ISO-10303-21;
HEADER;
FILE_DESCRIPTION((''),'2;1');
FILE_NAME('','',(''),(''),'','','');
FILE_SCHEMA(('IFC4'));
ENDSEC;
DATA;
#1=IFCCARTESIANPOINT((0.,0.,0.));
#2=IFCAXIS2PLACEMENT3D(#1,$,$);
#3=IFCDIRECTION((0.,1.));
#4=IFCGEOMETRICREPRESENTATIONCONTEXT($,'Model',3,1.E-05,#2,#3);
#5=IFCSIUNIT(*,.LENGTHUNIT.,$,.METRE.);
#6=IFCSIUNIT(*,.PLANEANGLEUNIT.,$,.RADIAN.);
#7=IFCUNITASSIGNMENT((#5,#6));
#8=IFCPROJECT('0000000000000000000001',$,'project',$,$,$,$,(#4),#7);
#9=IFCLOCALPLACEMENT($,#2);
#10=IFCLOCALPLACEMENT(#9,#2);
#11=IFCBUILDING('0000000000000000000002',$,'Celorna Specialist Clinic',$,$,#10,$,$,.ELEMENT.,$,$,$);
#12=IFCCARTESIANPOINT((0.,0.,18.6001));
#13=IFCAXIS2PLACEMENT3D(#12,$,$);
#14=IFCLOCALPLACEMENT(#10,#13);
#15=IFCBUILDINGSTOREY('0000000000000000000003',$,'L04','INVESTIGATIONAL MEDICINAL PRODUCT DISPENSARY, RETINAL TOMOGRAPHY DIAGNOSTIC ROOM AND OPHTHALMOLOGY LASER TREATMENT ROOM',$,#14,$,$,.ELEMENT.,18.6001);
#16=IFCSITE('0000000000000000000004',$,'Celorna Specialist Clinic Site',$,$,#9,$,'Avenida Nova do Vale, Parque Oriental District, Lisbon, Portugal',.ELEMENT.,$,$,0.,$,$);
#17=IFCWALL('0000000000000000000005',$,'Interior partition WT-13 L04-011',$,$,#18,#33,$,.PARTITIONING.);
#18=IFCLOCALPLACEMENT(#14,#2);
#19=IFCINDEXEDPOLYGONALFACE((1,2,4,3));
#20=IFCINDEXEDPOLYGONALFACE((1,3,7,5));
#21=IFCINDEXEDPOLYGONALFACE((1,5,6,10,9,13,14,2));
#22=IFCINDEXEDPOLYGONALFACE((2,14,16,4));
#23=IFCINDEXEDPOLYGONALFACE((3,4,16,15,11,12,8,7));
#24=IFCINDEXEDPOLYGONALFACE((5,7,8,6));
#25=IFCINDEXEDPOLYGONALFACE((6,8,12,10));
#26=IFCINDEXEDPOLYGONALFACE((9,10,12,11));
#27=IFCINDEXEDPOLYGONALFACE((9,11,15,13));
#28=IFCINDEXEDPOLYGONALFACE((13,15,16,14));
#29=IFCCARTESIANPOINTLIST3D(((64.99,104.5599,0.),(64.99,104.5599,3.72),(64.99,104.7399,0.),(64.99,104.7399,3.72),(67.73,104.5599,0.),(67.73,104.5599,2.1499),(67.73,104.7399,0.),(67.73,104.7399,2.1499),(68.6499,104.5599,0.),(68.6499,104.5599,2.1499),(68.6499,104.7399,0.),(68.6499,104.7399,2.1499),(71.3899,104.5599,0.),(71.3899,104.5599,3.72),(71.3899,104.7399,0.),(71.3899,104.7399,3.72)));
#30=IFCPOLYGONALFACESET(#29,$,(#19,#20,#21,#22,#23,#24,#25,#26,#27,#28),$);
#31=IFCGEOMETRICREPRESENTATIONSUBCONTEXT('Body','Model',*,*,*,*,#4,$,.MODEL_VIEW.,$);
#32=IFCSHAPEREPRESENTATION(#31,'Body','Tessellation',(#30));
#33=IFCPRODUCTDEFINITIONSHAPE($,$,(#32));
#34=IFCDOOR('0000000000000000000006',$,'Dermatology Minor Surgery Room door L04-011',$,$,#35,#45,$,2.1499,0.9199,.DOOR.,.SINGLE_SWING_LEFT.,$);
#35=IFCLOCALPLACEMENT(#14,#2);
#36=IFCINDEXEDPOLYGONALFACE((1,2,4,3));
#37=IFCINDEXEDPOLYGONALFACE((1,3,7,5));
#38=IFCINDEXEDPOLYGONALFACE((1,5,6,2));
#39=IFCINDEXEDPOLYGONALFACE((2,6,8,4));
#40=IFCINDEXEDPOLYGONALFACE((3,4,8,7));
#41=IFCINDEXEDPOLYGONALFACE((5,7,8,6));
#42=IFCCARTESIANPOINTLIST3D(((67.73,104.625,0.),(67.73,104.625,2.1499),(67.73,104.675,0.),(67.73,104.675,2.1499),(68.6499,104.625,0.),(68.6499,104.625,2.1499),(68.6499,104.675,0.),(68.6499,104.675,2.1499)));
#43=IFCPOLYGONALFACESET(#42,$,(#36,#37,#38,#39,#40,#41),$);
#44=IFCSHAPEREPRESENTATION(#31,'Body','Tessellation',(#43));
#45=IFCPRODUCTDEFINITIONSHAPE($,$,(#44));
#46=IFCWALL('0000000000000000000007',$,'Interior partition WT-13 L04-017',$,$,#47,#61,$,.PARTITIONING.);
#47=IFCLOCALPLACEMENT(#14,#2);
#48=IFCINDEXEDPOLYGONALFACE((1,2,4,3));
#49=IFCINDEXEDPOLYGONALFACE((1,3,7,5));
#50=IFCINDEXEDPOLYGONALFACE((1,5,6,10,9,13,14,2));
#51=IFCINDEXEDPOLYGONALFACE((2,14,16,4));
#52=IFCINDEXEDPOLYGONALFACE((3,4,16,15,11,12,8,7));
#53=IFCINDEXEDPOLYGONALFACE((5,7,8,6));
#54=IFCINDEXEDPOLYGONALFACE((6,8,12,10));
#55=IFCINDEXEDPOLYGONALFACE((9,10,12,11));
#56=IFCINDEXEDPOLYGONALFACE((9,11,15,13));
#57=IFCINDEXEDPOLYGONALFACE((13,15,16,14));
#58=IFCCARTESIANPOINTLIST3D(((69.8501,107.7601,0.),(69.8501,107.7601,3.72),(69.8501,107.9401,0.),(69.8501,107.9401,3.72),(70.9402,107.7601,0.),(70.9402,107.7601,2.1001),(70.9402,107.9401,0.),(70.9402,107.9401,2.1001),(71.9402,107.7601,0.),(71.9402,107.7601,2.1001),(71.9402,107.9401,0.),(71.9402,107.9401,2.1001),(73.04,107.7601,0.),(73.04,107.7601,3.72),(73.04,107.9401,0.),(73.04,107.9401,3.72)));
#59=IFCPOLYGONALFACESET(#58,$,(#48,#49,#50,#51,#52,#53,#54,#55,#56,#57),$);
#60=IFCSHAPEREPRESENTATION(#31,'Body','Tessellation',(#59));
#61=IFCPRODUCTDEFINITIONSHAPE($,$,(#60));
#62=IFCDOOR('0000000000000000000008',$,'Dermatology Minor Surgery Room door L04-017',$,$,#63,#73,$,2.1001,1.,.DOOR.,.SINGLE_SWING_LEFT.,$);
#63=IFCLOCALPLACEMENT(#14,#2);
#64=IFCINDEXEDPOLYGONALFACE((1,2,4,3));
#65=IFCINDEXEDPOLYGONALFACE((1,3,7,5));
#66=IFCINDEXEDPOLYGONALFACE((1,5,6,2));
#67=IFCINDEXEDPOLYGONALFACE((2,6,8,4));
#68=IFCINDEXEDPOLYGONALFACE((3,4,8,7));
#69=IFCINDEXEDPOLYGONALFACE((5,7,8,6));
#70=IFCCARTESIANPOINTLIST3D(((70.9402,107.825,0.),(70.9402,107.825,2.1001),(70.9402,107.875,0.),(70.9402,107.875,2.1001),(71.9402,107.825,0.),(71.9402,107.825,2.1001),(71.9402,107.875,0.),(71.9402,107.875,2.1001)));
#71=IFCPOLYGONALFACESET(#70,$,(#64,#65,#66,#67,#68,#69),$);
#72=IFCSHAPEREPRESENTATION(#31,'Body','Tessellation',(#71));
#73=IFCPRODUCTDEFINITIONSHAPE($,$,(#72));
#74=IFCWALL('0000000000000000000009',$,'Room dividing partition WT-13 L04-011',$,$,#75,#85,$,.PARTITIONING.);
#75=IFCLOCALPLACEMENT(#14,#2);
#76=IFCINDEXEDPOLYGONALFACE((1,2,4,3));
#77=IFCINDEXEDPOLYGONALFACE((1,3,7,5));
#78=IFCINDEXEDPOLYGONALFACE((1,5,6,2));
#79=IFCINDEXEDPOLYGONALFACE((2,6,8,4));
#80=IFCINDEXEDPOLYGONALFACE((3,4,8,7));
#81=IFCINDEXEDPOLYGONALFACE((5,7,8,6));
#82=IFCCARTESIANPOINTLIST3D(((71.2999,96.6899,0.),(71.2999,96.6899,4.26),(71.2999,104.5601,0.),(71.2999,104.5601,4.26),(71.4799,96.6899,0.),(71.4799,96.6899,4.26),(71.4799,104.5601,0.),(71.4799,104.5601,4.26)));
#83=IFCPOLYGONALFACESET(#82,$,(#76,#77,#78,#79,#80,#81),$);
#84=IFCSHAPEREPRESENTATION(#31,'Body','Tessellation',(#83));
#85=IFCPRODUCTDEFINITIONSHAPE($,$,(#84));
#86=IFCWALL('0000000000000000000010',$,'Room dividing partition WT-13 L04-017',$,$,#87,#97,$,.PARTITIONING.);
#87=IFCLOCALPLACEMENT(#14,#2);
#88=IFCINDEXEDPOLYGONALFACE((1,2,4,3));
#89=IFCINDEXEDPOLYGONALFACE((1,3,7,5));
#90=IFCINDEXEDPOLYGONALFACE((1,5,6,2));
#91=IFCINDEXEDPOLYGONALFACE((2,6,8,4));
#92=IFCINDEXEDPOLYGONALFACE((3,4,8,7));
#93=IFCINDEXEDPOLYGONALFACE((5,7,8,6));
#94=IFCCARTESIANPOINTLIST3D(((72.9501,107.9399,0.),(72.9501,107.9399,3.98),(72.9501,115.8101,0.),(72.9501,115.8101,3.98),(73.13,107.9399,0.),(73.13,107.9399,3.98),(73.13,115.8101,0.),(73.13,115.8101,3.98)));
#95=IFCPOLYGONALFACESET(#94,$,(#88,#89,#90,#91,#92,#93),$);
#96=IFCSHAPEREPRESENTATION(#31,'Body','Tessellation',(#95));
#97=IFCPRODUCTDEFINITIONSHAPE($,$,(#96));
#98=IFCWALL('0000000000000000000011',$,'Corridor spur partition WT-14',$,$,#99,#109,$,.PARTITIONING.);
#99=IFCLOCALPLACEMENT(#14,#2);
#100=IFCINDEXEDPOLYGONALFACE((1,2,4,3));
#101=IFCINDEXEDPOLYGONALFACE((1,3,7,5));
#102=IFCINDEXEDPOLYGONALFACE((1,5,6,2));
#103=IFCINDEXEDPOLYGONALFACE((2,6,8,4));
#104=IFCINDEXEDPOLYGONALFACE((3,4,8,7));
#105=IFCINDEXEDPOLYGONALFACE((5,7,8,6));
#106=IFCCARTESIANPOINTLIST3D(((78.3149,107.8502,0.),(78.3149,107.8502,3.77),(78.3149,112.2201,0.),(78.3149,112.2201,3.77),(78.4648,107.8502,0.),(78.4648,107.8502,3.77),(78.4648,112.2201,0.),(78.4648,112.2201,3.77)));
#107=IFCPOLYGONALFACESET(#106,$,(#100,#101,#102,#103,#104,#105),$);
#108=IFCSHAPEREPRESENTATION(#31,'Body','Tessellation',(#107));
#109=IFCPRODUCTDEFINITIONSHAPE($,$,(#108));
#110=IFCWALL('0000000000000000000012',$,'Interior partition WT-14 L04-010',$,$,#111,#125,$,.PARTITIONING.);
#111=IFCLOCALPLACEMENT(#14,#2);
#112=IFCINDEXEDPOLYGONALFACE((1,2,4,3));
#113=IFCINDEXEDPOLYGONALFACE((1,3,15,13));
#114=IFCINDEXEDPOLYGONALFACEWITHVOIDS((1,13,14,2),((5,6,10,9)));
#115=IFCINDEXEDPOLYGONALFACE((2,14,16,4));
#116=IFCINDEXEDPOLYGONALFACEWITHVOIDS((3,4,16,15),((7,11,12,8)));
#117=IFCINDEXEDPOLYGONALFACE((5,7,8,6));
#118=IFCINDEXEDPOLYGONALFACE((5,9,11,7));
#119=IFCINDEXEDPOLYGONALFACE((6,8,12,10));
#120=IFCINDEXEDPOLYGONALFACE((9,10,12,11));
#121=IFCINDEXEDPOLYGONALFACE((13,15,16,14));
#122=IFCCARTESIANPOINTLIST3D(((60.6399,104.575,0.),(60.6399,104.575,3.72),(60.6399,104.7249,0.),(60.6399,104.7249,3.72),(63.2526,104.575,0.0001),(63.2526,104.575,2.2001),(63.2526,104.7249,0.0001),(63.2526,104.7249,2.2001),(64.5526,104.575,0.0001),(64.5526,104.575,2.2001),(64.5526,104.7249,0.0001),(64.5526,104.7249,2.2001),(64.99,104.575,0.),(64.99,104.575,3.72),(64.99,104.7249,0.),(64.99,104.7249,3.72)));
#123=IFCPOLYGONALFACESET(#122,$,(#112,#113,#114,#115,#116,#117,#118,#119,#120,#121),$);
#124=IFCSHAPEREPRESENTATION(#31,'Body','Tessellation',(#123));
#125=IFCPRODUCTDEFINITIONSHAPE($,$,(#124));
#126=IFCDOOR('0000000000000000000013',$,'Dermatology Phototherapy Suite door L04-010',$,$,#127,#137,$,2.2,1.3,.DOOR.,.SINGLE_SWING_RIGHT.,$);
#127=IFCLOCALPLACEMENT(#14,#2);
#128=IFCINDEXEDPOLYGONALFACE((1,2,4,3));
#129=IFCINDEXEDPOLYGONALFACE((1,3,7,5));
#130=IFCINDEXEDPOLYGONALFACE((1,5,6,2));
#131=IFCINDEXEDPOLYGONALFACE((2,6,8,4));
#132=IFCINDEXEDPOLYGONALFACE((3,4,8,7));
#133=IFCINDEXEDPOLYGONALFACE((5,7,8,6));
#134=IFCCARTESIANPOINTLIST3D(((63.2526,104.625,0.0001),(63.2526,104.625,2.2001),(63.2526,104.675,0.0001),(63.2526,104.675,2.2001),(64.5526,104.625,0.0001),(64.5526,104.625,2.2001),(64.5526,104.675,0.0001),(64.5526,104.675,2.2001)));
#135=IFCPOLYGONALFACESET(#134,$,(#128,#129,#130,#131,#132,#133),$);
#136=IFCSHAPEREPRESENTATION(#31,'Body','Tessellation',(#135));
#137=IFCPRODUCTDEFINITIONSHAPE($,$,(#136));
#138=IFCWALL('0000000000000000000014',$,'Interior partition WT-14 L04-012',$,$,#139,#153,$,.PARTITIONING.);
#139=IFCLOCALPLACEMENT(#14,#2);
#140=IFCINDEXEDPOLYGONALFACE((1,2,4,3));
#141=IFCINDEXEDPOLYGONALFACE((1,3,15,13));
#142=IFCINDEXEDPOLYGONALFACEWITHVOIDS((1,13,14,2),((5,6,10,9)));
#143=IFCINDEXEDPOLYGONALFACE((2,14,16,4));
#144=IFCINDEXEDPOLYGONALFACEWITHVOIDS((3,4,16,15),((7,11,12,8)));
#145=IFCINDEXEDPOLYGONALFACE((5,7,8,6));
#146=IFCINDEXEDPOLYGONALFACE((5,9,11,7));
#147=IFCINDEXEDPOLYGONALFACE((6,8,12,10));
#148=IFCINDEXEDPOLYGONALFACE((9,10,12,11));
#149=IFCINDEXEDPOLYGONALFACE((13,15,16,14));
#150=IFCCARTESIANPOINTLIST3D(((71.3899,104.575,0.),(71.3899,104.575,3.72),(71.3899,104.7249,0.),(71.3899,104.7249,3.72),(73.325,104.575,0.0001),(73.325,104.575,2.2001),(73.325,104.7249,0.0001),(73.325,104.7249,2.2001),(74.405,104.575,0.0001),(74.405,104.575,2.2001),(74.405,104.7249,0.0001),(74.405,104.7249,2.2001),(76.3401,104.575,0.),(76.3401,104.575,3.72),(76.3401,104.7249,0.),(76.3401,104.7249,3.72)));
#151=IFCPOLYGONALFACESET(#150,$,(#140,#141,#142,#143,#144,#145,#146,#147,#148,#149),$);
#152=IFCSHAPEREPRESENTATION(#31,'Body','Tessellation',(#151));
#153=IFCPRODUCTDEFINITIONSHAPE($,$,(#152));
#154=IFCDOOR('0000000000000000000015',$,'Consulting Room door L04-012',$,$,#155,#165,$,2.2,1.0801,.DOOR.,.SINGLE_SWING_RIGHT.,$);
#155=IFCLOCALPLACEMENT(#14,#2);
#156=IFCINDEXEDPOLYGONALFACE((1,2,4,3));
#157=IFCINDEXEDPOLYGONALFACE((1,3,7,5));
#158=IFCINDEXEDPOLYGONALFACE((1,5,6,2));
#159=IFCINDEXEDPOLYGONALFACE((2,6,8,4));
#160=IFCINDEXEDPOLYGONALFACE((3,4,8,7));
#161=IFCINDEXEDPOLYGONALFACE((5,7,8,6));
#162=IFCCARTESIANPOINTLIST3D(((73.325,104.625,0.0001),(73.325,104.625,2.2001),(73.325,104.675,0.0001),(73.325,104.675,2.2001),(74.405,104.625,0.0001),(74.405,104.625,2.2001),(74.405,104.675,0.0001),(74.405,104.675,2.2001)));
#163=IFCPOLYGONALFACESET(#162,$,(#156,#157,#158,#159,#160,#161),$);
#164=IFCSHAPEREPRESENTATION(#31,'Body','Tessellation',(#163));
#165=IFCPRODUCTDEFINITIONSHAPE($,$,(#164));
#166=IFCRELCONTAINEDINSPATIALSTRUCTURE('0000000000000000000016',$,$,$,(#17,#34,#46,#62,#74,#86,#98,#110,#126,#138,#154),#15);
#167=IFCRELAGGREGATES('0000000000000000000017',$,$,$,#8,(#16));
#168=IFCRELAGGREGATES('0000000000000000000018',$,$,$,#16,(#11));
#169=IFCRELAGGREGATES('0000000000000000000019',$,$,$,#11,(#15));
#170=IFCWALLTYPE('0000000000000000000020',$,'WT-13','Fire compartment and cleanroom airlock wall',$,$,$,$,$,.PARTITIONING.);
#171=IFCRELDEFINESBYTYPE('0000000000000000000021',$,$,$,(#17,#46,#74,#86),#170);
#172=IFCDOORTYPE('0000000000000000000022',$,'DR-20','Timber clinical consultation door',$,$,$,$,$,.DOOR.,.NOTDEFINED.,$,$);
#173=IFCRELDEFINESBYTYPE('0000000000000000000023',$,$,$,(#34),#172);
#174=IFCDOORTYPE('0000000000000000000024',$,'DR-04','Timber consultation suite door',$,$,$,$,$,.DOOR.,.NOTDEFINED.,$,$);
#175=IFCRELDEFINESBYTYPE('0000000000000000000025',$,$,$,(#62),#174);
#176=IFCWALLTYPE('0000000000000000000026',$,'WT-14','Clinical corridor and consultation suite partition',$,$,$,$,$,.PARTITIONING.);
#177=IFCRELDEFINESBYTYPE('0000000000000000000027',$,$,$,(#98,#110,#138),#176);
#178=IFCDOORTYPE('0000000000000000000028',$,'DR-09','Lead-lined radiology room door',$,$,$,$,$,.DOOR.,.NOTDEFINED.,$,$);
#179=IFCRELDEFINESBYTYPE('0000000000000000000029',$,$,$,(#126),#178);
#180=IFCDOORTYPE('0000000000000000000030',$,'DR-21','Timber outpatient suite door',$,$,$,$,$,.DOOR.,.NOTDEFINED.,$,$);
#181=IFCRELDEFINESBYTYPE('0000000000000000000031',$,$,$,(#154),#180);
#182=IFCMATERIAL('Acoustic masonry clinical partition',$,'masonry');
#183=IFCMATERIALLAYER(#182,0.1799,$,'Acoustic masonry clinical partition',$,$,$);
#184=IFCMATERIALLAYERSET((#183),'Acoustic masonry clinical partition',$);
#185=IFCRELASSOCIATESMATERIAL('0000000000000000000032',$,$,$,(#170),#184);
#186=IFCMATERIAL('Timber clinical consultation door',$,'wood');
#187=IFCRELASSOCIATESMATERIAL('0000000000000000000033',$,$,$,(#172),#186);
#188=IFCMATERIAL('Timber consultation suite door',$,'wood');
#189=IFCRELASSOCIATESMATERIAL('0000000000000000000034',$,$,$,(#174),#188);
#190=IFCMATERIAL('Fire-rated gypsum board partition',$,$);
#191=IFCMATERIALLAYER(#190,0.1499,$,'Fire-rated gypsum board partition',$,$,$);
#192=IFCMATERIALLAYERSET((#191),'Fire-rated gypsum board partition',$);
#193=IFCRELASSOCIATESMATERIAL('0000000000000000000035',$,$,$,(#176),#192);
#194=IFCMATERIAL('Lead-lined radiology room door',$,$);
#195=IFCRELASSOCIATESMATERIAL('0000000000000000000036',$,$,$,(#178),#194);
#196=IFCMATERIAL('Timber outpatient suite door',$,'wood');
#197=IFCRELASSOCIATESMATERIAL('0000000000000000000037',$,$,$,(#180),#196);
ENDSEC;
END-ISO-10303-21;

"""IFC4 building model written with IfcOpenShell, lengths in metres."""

from ifc_helpers import new_model, si_unit, direction, frame, frame_2d, origin, place, context, subcontext, project, spatial, rectangle, extrude, material, layer, layer_set, type_object, element, fill, save


model = new_model("IFC4")

# Units and contexts
model_context = context("Model", 3, precision=1e-05, world=origin(), true_north=direction((0.0, 1.0)))
body_context = subcontext(model_context, "Body", "Model", "MODEL_VIEW")
ifc_project = project(units=[si_unit("LENGTHUNIT", "METRE"), si_unit("PLANEANGLEUNIT", "RADIAN")], contexts=[model_context])

# Site, building, storey
site_placement = place(None, origin())
site = spatial("IfcSite", under=ifc_project, at=site_placement, Name="Celorna Specialist Clinic Site", LongName="Avenida Nova do Vale, Parque Oriental District, Lisbon, Portugal", CompositionType="ELEMENT", RefElevation=0.0)
building_placement = place(site_placement, origin())
building = spatial("IfcBuilding", under=site, at=building_placement, Name="Celorna Specialist Clinic", CompositionType="ELEMENT")
storey_placement = place(building_placement, frame((0.0, 0.0, 18.6001)))
storey = spatial("IfcBuildingStorey", under=building, at=storey_placement, Name="L04", Description="INVESTIGATIONAL MEDICINAL PRODUCT DISPENSARY, RETINAL TOMOGRAPHY DIAGNOSTIC ROOM AND OPHTHALMOLOGY LASER TREATMENT ROOM", CompositionType="ELEMENT", Elevation=18.6001)

# Walls, openings, doors
ifc_material_1 = material(Name="Acoustic masonry clinical partition", Category="masonry")
ifc_layer_1 = layer(ifc_material_1, 0.1799, Name="Acoustic masonry clinical partition")
ifc_layer_set_1 = layer_set([ifc_layer_1], Name="Acoustic masonry clinical partition")
wall_type_1 = type_object("IfcWallType", Name="WT-13", Description="Fire compartment and cleanroom airlock wall", PredefinedType="PARTITIONING", material=ifc_layer_set_1)
wall_1_placement = place(storey_placement, frame((71.3899, 104.6499, 0.0), z_axis=(0.0, 0.0, 1.0), x_axis=(-1.0, 0.0, 0.0)))
wall_1 = element("IfcWall", 1, at=wall_1_placement, inside=storey, type_object=wall_type_1, Name="Interior partition WT-13 L04-011", PredefinedType="PARTITIONING", context=body_context, shape_type="SweptSolid", body=[
    extrude(rectangle(XDim=6.3999, YDim=0.1799, at=frame_2d((3.2, 0.0))), origin(), (0.0, 0.0, 1.0), 3.72),
])
opening_1_placement = place(wall_1_placement, frame((2.74, 0.0, 0.0)))
opening_1 = element("IfcOpeningElement", 2, at=opening_1_placement, cuts=wall_1, PredefinedType="OPENING", context=body_context, shape_type="SweptSolid", body=[
    extrude(rectangle(XDim=0.9199, YDim=2.1499, at=frame_2d((0.46, 1.075))), frame((0.0, 0.0999, 0.0), z_axis=(0.0, -1.0, 0.0), x_axis=(1.0, 0.0, 0.0)), (0.0, 0.0, 1.0), 0.2),
])
ifc_material_2 = material(Name="Timber clinical consultation door", Category="wood")
door_type_1 = type_object("IfcDoorType", Name="DR-20", Description="Timber clinical consultation door", OperationType="NOTDEFINED", PredefinedType="DOOR", material=ifc_material_2)
door_1_placement = place(opening_1_placement, origin())
door_1 = element("IfcDoor", 3, at=door_1_placement, inside=storey, type_object=door_type_1, Name="Dermatology Minor Surgery Room door L04-011", OperationType="SINGLE_SWING_LEFT", OverallHeight=2.1499, OverallWidth=0.9199, PredefinedType="DOOR", context=body_context, shape_type="SweptSolid", body=[
    extrude(rectangle(XDim=0.9199, YDim=2.1499, at=frame_2d((0.46, 1.075))), frame((0.0, 0.0249, 0.0), z_axis=(0.0, -1.0, 0.0), x_axis=(1.0, 0.0, 0.0)), (0.0, 0.0, 1.0), 0.05),
])
fill(opening_1, door_1)
wall_2_placement = place(storey_placement, frame((69.8501, 107.8501, 0.0), z_axis=(0.0, 0.0, 1.0), x_axis=(1.0, 0.0, 0.0)))
wall_2 = element("IfcWall", 4, at=wall_2_placement, inside=storey, type_object=wall_type_1, Name="Interior partition WT-13 L04-017", PredefinedType="PARTITIONING", context=body_context, shape_type="SweptSolid", body=[
    extrude(rectangle(XDim=3.1899, YDim=0.1799, at=frame_2d((1.595, 0.0))), origin(), (0.0, 0.0, 1.0), 3.72),
])
opening_2_placement = place(wall_2_placement, frame((1.0901, 0.0, 0.0)))
opening_2 = element("IfcOpeningElement", 5, at=opening_2_placement, cuts=wall_2, PredefinedType="OPENING", context=body_context, shape_type="SweptSolid", body=[
    extrude(rectangle(XDim=1.0, YDim=2.1001, at=frame_2d((0.5, 1.05))), frame((0.0, 0.0999, 0.0), z_axis=(0.0, -1.0, 0.0), x_axis=(1.0, 0.0, 0.0)), (0.0, 0.0, 1.0), 0.2),
])
ifc_material_3 = material(Name="Timber consultation suite door", Category="wood")
door_type_2 = type_object("IfcDoorType", Name="DR-04", Description="Timber consultation suite door", OperationType="NOTDEFINED", PredefinedType="DOOR", material=ifc_material_3)
door_2_placement = place(opening_2_placement, origin())
door_2 = element("IfcDoor", 6, at=door_2_placement, inside=storey, type_object=door_type_2, Name="Dermatology Minor Surgery Room door L04-017", OperationType="SINGLE_SWING_LEFT", OverallHeight=2.1001, OverallWidth=1.0, PredefinedType="DOOR", context=body_context, shape_type="SweptSolid", body=[
    extrude(rectangle(XDim=1.0, YDim=2.1001, at=frame_2d((0.5, 1.05))), frame((0.0, 0.0249, 0.0), z_axis=(0.0, -1.0, 0.0), x_axis=(1.0, 0.0, 0.0)), (0.0, 0.0, 1.0), 0.05),
])
fill(opening_2, door_2)

# Walls
wall_3_placement = place(storey_placement, frame((71.3899, 96.6899, 0.0), z_axis=(0.0, 0.0, 1.0), x_axis=(0.0, 1.0, 0.0)))
element("IfcWall", 7, at=wall_3_placement, inside=storey, type_object=wall_type_1, Name="Room dividing partition WT-13 L04-011", PredefinedType="PARTITIONING", context=body_context, shape_type="SweptSolid", body=[
    extrude(rectangle(XDim=7.8701, YDim=0.1799, at=frame_2d((3.9351, 0.0))), origin(), (0.0, 0.0, 1.0), 4.26),
])
wall_4_placement = place(storey_placement, frame((73.04, 107.9399, 0.0), z_axis=(0.0, 0.0, 1.0), x_axis=(0.0, 1.0, 0.0)))
element("IfcWall", 8, at=wall_4_placement, inside=storey, type_object=wall_type_1, Name="Room dividing partition WT-13 L04-017", PredefinedType="PARTITIONING", context=body_context, shape_type="SweptSolid", body=[
    extrude(rectangle(XDim=7.8701, YDim=0.1799, at=frame_2d((3.9351, 0.0))), origin(), (0.0, 0.0, 1.0), 3.98),
])
ifc_material_4 = material(Name="Fire-rated gypsum board partition")
ifc_layer_2 = layer(ifc_material_4, 0.1499, Name="Fire-rated gypsum board partition")
ifc_layer_set_2 = layer_set([ifc_layer_2], Name="Fire-rated gypsum board partition")
wall_type_2 = type_object("IfcWallType", Name="WT-14", Description="Clinical corridor and consultation suite partition", PredefinedType="PARTITIONING", material=ifc_layer_set_2)
wall_5_placement = place(storey_placement, frame((78.3899, 107.8501, 0.0), z_axis=(0.0, 0.0, 1.0), x_axis=(0.0, 1.0, 0.0)))
element("IfcWall", 9, at=wall_5_placement, inside=storey, type_object=wall_type_2, Name="Corridor spur partition WT-14", PredefinedType="PARTITIONING", context=body_context, shape_type="SweptSolid", body=[
    extrude(rectangle(XDim=4.3699, YDim=0.1499, at=frame_2d((2.1851, 0.0))), origin(), (0.0, 0.0, 1.0), 3.77),
])

# Walls, openings, doors
wall_6_placement = place(storey_placement, frame((64.99, 104.6499, 0.0), z_axis=(0.0, 0.0, 1.0), x_axis=(-1.0, 0.0, 0.0)))
wall_6 = element("IfcWall", 10, at=wall_6_placement, inside=storey, type_object=wall_type_2, Name="Interior partition WT-14 L04-010", PredefinedType="PARTITIONING", context=body_context, shape_type="SweptSolid", body=[
    extrude(rectangle(XDim=4.3501, YDim=0.1499, at=frame_2d((2.175, 0.0))), origin(), (0.0, 0.0, 1.0), 3.72),
])
opening_3_placement = place(wall_6_placement, frame((0.4375, 0.0, 0.0)))
opening_3 = element("IfcOpeningElement", 11, at=opening_3_placement, cuts=wall_6, PredefinedType="OPENING", context=body_context, shape_type="SweptSolid", body=[
    extrude(rectangle(XDim=1.3, YDim=2.2, at=frame_2d((0.6499, 1.1001))), frame((0.0, 0.085, 0.0), z_axis=(0.0, -1.0, 0.0), x_axis=(1.0, 0.0, 0.0)), (0.0, 0.0, 1.0), 0.1699),
])
ifc_material_5 = material(Name="Lead-lined radiology room door")
door_type_3 = type_object("IfcDoorType", Name="DR-09", Description="Lead-lined radiology room door", OperationType="NOTDEFINED", PredefinedType="DOOR", material=ifc_material_5)
door_3_placement = place(opening_3_placement, origin())
door_3 = element("IfcDoor", 12, at=door_3_placement, inside=storey, type_object=door_type_3, Name="Dermatology Phototherapy Suite door L04-010", OperationType="SINGLE_SWING_RIGHT", OverallHeight=2.2, OverallWidth=1.3, PredefinedType="DOOR", context=body_context, shape_type="SweptSolid", body=[
    extrude(rectangle(XDim=1.3, YDim=2.2, at=frame_2d((0.6499, 1.1001))), frame((0.0, 0.0249, 0.0), z_axis=(0.0, -1.0, 0.0), x_axis=(1.0, 0.0, 0.0)), (0.0, 0.0, 1.0), 0.05),
])
fill(opening_3, door_3)
wall_7_placement = place(storey_placement, frame((76.3401, 104.6499, 0.0), z_axis=(0.0, 0.0, 1.0), x_axis=(-1.0, 0.0, 0.0)))
wall_7 = element("IfcWall", 13, at=wall_7_placement, inside=storey, type_object=wall_type_2, Name="Interior partition WT-14 L04-012", PredefinedType="PARTITIONING", context=body_context, shape_type="SweptSolid", body=[
    extrude(rectangle(XDim=4.9502, YDim=0.1499, at=frame_2d((2.4751, 0.0))), origin(), (0.0, 0.0, 1.0), 3.72),
])
opening_4_placement = place(wall_7_placement, frame((1.9351, 0.0, 0.0)))
opening_4 = element("IfcOpeningElement", 14, at=opening_4_placement, cuts=wall_7, PredefinedType="OPENING", context=body_context, shape_type="SweptSolid", body=[
    extrude(rectangle(XDim=1.0801, YDim=2.2, at=frame_2d((0.54, 1.1001))), frame((0.0, 0.085, 0.0), z_axis=(0.0, -1.0, 0.0), x_axis=(1.0, 0.0, 0.0)), (0.0, 0.0, 1.0), 0.1699),
])
ifc_material_6 = material(Name="Timber outpatient suite door", Category="wood")
door_type_4 = type_object("IfcDoorType", Name="DR-21", Description="Timber outpatient suite door", OperationType="NOTDEFINED", PredefinedType="DOOR", material=ifc_material_6)
door_4_placement = place(opening_4_placement, origin())
door_4 = element("IfcDoor", 15, at=door_4_placement, inside=storey, type_object=door_type_4, Name="Consulting Room door L04-012", OperationType="SINGLE_SWING_RIGHT", OverallHeight=2.2, OverallWidth=1.0801, PredefinedType="DOOR", context=body_context, shape_type="SweptSolid", body=[
    extrude(rectangle(XDim=1.0801, YDim=2.2, at=frame_2d((0.54, 1.1001))), frame((0.0, 0.0249, 0.0), z_axis=(0.0, -1.0, 0.0), x_axis=(1.0, 0.0, 0.0)), (0.0, 0.0, 1.0), 0.05),
])
fill(opening_4, door_4)

save(model, "model.ifc")
